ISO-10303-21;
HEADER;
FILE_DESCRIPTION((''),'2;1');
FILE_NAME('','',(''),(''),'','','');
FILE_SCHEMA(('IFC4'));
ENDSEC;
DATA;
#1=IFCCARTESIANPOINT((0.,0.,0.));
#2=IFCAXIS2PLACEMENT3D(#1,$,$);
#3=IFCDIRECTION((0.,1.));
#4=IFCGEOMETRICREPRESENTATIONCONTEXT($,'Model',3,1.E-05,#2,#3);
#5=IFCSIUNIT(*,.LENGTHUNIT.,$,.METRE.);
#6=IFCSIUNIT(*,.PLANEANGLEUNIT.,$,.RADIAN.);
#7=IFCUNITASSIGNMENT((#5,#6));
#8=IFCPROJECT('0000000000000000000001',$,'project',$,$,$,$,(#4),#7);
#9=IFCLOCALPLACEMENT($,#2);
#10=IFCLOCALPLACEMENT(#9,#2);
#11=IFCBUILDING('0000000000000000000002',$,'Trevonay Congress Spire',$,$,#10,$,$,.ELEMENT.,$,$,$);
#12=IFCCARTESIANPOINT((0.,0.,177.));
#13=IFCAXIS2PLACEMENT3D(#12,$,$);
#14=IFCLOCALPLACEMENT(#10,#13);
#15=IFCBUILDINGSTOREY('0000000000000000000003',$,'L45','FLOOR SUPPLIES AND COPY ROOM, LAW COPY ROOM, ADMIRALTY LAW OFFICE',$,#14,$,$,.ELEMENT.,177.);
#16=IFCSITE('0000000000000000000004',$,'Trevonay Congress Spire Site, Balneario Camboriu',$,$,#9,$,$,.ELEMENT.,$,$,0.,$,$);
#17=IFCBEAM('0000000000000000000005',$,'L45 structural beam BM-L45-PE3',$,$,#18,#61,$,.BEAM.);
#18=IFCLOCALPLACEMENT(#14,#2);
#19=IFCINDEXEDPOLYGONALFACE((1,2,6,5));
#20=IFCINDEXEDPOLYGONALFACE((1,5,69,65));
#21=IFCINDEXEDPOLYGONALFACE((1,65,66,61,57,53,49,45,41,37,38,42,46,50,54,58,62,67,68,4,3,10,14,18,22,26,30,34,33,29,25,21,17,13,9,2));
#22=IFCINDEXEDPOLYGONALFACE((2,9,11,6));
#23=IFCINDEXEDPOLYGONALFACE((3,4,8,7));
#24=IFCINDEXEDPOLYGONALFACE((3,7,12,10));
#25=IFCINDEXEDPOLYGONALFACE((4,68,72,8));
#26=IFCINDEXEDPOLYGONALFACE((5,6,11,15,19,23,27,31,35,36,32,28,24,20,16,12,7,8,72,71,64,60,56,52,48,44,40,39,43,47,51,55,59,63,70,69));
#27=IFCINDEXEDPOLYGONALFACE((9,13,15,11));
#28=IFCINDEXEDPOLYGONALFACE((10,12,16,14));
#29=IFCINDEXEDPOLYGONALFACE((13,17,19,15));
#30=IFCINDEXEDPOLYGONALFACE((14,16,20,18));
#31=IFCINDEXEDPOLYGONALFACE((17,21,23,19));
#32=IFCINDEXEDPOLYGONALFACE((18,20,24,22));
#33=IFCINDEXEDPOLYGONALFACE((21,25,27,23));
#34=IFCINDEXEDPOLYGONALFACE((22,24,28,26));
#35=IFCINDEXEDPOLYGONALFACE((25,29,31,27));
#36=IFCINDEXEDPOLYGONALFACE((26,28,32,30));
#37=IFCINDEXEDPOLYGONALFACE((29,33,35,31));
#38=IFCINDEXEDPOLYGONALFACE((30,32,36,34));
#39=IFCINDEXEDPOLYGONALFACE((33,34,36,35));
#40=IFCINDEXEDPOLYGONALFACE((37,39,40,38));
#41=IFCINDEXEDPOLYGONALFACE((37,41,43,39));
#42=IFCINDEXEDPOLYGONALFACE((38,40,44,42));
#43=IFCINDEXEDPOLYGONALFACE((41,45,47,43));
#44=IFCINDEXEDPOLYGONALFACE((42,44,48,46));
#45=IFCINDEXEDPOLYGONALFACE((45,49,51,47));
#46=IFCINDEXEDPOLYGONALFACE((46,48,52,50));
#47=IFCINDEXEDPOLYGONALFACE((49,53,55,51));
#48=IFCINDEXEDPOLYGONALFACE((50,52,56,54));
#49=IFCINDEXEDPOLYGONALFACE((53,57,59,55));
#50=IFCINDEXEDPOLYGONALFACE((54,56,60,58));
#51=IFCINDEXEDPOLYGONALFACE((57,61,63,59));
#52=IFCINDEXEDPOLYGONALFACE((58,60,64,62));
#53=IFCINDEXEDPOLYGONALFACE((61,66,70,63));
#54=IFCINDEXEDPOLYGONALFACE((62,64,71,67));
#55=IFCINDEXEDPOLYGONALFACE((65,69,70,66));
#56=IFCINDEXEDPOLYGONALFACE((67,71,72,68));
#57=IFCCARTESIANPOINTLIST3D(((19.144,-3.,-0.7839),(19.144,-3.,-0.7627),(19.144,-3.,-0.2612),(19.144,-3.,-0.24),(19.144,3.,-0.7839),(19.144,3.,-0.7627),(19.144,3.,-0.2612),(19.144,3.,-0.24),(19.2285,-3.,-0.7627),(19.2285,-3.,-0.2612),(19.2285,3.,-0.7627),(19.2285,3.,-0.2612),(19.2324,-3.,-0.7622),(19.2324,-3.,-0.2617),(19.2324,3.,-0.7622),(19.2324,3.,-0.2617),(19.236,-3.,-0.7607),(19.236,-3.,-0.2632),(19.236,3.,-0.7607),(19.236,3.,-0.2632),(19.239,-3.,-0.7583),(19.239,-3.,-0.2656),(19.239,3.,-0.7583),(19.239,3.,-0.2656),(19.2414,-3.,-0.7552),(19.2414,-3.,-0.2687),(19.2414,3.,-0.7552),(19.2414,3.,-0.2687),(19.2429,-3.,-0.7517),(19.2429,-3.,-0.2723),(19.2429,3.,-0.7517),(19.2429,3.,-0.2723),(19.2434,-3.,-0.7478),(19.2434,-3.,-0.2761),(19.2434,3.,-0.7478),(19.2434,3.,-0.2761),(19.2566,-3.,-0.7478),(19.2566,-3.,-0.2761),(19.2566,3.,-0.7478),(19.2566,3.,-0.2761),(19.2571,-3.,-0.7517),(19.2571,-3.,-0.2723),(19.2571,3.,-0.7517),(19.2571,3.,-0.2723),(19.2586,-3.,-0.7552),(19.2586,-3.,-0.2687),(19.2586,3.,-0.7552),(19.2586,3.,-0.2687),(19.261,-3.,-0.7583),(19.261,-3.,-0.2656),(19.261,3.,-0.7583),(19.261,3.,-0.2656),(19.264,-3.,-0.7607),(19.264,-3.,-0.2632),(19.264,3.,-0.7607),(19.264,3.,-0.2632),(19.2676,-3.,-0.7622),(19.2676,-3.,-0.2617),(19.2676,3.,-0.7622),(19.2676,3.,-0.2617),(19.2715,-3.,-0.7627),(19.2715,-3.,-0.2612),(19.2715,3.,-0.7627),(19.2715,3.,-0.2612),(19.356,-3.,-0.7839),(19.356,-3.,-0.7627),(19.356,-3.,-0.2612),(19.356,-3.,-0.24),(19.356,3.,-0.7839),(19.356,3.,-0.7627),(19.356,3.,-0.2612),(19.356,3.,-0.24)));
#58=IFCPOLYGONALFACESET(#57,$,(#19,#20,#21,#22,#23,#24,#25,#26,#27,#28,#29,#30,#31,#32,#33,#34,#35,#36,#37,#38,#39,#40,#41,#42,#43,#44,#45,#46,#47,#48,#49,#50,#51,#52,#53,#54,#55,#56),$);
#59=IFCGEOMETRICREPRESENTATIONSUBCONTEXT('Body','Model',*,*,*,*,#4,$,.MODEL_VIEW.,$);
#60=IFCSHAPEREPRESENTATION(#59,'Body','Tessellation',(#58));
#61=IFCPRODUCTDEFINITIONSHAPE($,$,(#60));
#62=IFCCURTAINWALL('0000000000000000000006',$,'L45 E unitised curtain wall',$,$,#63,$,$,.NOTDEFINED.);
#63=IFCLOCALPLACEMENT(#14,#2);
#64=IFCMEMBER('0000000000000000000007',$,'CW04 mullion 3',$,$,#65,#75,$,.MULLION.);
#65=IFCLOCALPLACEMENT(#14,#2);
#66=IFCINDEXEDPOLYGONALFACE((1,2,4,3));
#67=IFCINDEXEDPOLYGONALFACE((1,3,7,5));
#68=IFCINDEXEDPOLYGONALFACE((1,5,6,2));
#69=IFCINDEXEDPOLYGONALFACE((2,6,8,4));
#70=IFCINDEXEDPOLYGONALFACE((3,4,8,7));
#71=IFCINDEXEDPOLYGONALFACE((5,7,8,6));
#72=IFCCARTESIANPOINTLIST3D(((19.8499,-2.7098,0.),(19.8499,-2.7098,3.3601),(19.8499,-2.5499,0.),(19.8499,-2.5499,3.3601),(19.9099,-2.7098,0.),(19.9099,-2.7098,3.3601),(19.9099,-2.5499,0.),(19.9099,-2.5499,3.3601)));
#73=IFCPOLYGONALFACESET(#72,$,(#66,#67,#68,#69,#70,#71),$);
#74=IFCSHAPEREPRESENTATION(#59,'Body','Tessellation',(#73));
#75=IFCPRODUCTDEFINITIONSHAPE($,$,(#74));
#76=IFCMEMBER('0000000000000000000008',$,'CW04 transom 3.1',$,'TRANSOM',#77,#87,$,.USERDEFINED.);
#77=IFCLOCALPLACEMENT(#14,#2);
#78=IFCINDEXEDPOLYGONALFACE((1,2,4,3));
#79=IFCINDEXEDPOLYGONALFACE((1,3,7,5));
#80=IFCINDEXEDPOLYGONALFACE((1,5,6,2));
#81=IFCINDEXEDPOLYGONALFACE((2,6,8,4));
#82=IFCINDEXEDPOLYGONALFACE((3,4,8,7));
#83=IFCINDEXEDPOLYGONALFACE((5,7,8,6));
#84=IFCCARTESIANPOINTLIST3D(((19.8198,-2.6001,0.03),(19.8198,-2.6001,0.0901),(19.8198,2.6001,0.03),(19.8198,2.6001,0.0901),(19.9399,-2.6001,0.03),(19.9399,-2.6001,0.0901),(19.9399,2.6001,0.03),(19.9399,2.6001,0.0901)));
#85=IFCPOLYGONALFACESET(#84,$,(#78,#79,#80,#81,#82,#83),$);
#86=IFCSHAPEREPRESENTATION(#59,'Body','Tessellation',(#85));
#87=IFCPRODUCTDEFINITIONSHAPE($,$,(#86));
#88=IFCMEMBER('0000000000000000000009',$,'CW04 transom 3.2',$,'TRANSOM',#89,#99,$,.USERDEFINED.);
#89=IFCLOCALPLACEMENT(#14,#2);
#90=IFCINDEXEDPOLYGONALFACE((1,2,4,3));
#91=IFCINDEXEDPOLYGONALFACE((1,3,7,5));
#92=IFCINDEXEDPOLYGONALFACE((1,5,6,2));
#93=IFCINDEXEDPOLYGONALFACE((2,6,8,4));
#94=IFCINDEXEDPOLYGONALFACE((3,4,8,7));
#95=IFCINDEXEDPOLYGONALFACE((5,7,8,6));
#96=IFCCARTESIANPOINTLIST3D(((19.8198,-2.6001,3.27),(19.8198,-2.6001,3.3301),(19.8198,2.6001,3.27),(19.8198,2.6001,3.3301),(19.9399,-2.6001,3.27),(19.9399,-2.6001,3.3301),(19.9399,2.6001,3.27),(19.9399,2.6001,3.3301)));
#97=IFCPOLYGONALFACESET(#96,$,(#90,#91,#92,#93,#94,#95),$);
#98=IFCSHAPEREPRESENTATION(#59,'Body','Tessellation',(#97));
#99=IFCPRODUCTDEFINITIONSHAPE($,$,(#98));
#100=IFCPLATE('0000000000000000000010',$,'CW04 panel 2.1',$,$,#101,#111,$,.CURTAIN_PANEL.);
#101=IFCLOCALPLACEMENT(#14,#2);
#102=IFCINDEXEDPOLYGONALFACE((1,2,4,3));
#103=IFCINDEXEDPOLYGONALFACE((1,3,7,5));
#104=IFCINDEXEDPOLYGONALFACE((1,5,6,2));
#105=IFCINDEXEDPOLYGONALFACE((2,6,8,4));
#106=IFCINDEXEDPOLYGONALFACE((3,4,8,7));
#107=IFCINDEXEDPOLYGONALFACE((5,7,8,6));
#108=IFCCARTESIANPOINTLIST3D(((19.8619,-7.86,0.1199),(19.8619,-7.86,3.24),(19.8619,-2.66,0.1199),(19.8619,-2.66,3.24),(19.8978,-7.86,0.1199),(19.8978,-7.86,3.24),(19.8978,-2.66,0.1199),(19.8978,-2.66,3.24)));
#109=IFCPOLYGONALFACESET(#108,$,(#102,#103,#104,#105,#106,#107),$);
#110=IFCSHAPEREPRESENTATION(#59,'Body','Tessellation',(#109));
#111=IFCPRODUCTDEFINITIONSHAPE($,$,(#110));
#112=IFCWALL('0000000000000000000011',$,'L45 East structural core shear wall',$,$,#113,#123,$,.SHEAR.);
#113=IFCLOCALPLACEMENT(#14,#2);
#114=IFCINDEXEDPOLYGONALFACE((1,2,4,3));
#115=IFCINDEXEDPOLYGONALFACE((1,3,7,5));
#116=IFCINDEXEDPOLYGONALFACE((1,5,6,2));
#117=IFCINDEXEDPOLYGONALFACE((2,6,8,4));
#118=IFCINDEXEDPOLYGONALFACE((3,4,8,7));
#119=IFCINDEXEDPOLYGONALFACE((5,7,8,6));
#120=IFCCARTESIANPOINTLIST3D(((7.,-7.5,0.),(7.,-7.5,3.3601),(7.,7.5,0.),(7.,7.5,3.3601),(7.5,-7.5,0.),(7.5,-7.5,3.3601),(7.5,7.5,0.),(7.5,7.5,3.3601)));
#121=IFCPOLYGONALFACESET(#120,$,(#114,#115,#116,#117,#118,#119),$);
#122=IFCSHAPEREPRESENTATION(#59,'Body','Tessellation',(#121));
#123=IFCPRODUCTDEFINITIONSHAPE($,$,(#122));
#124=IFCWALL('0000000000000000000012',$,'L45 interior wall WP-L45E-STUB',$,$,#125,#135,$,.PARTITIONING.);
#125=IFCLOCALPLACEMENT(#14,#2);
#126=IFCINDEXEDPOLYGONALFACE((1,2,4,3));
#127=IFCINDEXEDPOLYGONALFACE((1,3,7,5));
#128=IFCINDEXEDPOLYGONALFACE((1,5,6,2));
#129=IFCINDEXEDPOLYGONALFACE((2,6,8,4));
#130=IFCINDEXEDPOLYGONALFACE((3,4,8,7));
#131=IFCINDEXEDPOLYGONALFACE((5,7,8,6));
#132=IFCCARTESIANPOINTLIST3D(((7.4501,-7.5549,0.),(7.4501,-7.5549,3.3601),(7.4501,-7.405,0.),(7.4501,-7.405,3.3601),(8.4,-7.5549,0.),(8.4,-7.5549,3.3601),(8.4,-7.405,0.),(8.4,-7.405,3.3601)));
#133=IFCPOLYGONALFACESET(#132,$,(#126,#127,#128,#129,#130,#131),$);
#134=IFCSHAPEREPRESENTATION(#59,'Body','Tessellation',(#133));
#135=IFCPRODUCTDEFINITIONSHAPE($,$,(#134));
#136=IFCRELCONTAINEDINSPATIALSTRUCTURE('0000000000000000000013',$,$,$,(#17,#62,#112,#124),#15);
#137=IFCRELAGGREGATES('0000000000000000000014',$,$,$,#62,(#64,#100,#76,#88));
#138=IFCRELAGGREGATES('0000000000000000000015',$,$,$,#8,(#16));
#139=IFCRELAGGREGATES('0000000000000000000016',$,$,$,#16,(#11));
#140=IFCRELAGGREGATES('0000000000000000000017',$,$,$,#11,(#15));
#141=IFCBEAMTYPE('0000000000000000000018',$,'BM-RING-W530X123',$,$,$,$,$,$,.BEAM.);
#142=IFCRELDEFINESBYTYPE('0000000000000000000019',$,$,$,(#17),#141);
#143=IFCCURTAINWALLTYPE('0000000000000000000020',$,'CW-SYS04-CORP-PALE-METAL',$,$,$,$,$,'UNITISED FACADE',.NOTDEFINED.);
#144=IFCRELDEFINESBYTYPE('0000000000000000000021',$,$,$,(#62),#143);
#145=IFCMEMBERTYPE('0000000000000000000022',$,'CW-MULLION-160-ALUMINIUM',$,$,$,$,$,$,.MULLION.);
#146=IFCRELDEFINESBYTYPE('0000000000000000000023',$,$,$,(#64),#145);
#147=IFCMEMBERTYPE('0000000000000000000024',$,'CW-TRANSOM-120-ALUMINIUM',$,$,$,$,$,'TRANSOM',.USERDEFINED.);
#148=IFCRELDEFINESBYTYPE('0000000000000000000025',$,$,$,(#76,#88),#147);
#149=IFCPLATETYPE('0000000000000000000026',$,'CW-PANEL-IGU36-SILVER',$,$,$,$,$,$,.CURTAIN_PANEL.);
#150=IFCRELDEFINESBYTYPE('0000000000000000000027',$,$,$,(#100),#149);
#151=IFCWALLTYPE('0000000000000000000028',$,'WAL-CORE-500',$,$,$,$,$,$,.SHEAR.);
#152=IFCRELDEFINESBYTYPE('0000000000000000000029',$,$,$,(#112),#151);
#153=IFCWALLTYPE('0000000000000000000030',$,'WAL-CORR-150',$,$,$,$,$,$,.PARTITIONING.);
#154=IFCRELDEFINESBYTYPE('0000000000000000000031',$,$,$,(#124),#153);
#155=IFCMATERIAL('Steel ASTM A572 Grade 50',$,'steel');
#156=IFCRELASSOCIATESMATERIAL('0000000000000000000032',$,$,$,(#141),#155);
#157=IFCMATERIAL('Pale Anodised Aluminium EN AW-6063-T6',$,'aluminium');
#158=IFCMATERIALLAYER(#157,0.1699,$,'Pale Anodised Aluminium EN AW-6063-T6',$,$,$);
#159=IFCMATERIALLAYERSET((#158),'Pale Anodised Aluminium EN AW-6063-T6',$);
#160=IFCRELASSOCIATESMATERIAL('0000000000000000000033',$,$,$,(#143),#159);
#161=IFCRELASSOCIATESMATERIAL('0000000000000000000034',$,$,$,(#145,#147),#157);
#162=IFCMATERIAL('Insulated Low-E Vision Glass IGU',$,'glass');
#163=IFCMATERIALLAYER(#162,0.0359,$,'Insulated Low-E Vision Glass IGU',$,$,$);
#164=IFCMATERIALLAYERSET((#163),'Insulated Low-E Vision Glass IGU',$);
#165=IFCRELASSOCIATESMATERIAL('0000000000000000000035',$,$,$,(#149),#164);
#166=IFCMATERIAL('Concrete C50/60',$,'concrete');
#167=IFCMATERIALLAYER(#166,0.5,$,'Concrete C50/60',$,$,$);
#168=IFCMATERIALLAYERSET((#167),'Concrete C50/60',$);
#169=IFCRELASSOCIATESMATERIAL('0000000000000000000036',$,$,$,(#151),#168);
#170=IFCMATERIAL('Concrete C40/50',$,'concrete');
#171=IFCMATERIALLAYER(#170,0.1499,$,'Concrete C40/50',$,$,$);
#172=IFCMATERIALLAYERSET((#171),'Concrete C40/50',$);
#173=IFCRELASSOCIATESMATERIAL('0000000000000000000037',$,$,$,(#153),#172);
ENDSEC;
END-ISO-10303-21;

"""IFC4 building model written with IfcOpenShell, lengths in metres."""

from ifc_helpers import new_model, si_unit, direction, frame, frame_2d, origin, origin_2d, place, context, subcontext, project, spatial, rectangle, i_section, extrude, material, layer, layer_set, material_profile, profile_set, type_object, element, aggregate, save


model = new_model("IFC4")

# Units and contexts
model_context = context("Model", 3, precision=1e-05, world=origin(), true_north=direction((0.0, 1.0)))
body_context = subcontext(model_context, "Body", "Model", "MODEL_VIEW")
ifc_project = project(units=[si_unit("LENGTHUNIT", "METRE"), si_unit("PLANEANGLEUNIT", "RADIAN")], contexts=[model_context])

# Site, building, storey
site_placement = place(None, origin())
site = spatial("IfcSite", under=ifc_project, at=site_placement, Name="Trevonay Congress Spire Site, Balneario Camboriu", CompositionType="ELEMENT", RefElevation=0.0)
building_placement = place(site_placement, origin())
building = spatial("IfcBuilding", under=site, at=building_placement, Name="Trevonay Congress Spire", CompositionType="ELEMENT")
storey_placement = place(building_placement, frame((0.0, 0.0, 177.0)))
storey = spatial("IfcBuildingStorey", under=building, at=storey_placement, Name="L45", Description="FLOOR SUPPLIES AND COPY ROOM, LAW COPY ROOM, ADMIRALTY LAW OFFICE", CompositionType="ELEMENT", Elevation=177.0)

# Shared definitions
ifc_material_1 = material(Name="Steel ASTM A572 Grade 50", Category="steel")

# Beam
ifc_material_profile_1 = material_profile(ifc_material_1, i_section(OverallWidth=0.2119, OverallDepth=0.5439, WebThickness=0.0132, FlangeThickness=0.0212, FilletRadius=0.0149, at=origin_2d()), Name="W530x123")
ifc_profile_set_1 = profile_set([ifc_material_profile_1], Name="Steel ASTM A572 Grade 50")
beam_type_1 = type_object("IfcBeamType", Name="BM-RING-W530X123", PredefinedType="BEAM", material=ifc_profile_set_1)
beam_1_placement = place(storey_placement, frame((19.25, -3.0, -0.512), z_axis=(0.0, 1.0, 0.0), x_axis=(-1.0, 0.0, 0.0)))
element("IfcBeam", 1, at=beam_1_placement, inside=storey, type_object=beam_type_1, Name="L45 structural beam BM-L45-PE3", PredefinedType="BEAM", context=body_context, shape_type="SweptSolid", body=[
    extrude(i_section(OverallWidth=0.2119, OverallDepth=0.5439, WebThickness=0.0132, FlangeThickness=0.0212, FilletRadius=0.0149, at=origin_2d()), origin(), (0.0, 0.0, 1.0), 6.0),
])

# Curtain wall, members, plate
ifc_material_2 = material(Name="Pale Anodised Aluminium EN AW-6063-T6", Category="aluminium")
ifc_layer_1 = layer(ifc_material_2, 0.1699, Name="Pale Anodised Aluminium EN AW-6063-T6")
ifc_layer_set_1 = layer_set([ifc_layer_1], Name="Pale Anodised Aluminium EN AW-6063-T6")
curtain_wall_type = type_object("IfcCurtainWallType", Name="CW-SYS04-CORP-PALE-METAL", ElementType="UNITISED FACADE", PredefinedType="NOTDEFINED", material=ifc_layer_set_1)
curtain_wall_placement = place(storey_placement, origin())
curtain_wall = element("IfcCurtainWall", 2, at=curtain_wall_placement, inside=storey, type_object=curtain_wall_type, Name="L45 E unitised curtain wall", PredefinedType="NOTDEFINED")
ifc_material_profile_2 = material_profile(ifc_material_2, rectangle(XDim=0.0601, YDim=0.1599, at=origin_2d()), Name="CW-MULLION-160-ALUMINIUM")
ifc_profile_set_2 = profile_set([ifc_material_profile_2], Name="Pale Anodised Aluminium EN AW-6063-T6")
member_type_1 = type_object("IfcMemberType", Name="CW-MULLION-160-ALUMINIUM", PredefinedType="MULLION", material=ifc_profile_set_2)
member_1_placement = place(storey_placement, frame((19.8799, -2.6299, 0.0), z_axis=(0.0, 0.0, 1.0), x_axis=(-1.0, 0.0, 0.0)))
member_1 = element("IfcMember", 3, at=member_1_placement, type_object=member_type_1, Name="CW04 mullion 3", PredefinedType="MULLION", context=body_context, shape_type="SweptSolid", body=[
    extrude(rectangle(XDim=0.0601, YDim=0.1599, at=origin_2d()), origin(), (0.0, 0.0, 1.0), 3.3601),
])
ifc_material_profile_3 = material_profile(ifc_material_2, rectangle(XDim=0.1201, YDim=0.0601, at=origin_2d()), Name="CW-TRANSOM-120-ALUMINIUM")
ifc_profile_set_3 = profile_set([ifc_material_profile_3], Name="Pale Anodised Aluminium EN AW-6063-T6")
member_type_2 = type_object("IfcMemberType", Name="CW-TRANSOM-120-ALUMINIUM", ElementType="TRANSOM", PredefinedType="USERDEFINED", material=ifc_profile_set_3)
member_2_placement = place(storey_placement, frame((19.8799, -2.6001, 0.0601), z_axis=(0.0, 1.0, 0.0), x_axis=(-1.0, 0.0, 0.0)))
member_2 = element("IfcMember", 4, at=member_2_placement, type_object=member_type_2, Name="CW04 transom 3.1", ObjectType="TRANSOM", PredefinedType="USERDEFINED", context=body_context, shape_type="SweptSolid", body=[
    extrude(rectangle(XDim=0.1201, YDim=0.0601, at=origin_2d()), origin(), (0.0, 0.0, 1.0), 5.2002),
])
member_3_placement = place(storey_placement, frame((19.8799, -2.6001, 3.3), z_axis=(0.0, 1.0, 0.0), x_axis=(-1.0, 0.0, 0.0)))
member_3 = element("IfcMember", 5, at=member_3_placement, type_object=member_type_2, Name="CW04 transom 3.2", ObjectType="TRANSOM", PredefinedType="USERDEFINED", context=body_context, shape_type="SweptSolid", body=[
    extrude(rectangle(XDim=0.1201, YDim=0.0601, at=origin_2d()), origin(), (0.0, 0.0, 1.0), 5.2002),
])
ifc_material_3 = material(Name="Insulated Low-E Vision Glass IGU", Category="glass")
ifc_layer_2 = layer(ifc_material_3, 0.0359, Name="Insulated Low-E Vision Glass IGU")
ifc_layer_set_2 = layer_set([ifc_layer_2], Name="Insulated Low-E Vision Glass IGU")
plate_type = type_object("IfcPlateType", Name="CW-PANEL-IGU36-SILVER", PredefinedType="CURTAIN_PANEL", material=ifc_layer_set_2)
plate_placement = place(storey_placement, frame((19.8799, -5.26, 0.1199), z_axis=(0.0, 0.0, 1.0), x_axis=(0.0, 1.0, 0.0)))
plate = element("IfcPlate", 6, at=plate_placement, type_object=plate_type, Name="CW04 panel 2.1", PredefinedType="CURTAIN_PANEL", context=body_context, shape_type="SweptSolid", body=[
    extrude(rectangle(XDim=5.2, YDim=0.0359, at=origin_2d()), origin(), (0.0, 0.0, 1.0), 3.1201),
])
aggregate(curtain_wall, [member_1, plate, member_2, member_3])

# Walls
ifc_material_4 = material(Name="Concrete C50/60", Category="concrete")
ifc_layer_3 = layer(ifc_material_4, 0.5, Name="Concrete C50/60")
ifc_layer_set_3 = layer_set([ifc_layer_3], Name="Concrete C50/60")
wall_type_1 = type_object("IfcWallType", Name="WAL-CORE-500", PredefinedType="SHEAR", material=ifc_layer_set_3)
wall_1_placement = place(storey_placement, frame((7.25, -7.5, 0.0), z_axis=(0.0, 0.0, 1.0), x_axis=(0.0, 1.0, 0.0)))
element("IfcWall", 7, at=wall_1_placement, inside=storey, type_object=wall_type_1, Name="L45 East structural core shear wall", PredefinedType="SHEAR", context=body_context, shape_type="SweptSolid", body=[
    extrude(rectangle(XDim=15.0, YDim=0.5, at=frame_2d((7.5, 0.0))), origin(), (0.0, 0.0, 1.0), 3.3601),
])
ifc_material_5 = material(Name="Concrete C40/50", Category="concrete")
ifc_layer_4 = layer(ifc_material_5, 0.1499, Name="Concrete C40/50")
ifc_layer_set_4 = layer_set([ifc_layer_4], Name="Concrete C40/50")
wall_type_2 = type_object("IfcWallType", Name="WAL-CORR-150", PredefinedType="PARTITIONING", material=ifc_layer_set_4)
wall_2_placement = place(storey_placement, frame((7.45, -7.48, 0.0), z_axis=(0.0, 0.0, 1.0), x_axis=(1.0, 0.0, 0.0)))
element("IfcWall", 8, at=wall_2_placement, inside=storey, type_object=wall_type_2, Name="L45 interior wall WP-L45E-STUB", PredefinedType="PARTITIONING", context=body_context, shape_type="SweptSolid", body=[
    extrude(rectangle(XDim=0.95, YDim=0.1499, at=frame_2d((0.4751, 0.0))), origin(), (0.0, 0.0, 1.0), 3.3601),
])

save(model, "model.ifc")
